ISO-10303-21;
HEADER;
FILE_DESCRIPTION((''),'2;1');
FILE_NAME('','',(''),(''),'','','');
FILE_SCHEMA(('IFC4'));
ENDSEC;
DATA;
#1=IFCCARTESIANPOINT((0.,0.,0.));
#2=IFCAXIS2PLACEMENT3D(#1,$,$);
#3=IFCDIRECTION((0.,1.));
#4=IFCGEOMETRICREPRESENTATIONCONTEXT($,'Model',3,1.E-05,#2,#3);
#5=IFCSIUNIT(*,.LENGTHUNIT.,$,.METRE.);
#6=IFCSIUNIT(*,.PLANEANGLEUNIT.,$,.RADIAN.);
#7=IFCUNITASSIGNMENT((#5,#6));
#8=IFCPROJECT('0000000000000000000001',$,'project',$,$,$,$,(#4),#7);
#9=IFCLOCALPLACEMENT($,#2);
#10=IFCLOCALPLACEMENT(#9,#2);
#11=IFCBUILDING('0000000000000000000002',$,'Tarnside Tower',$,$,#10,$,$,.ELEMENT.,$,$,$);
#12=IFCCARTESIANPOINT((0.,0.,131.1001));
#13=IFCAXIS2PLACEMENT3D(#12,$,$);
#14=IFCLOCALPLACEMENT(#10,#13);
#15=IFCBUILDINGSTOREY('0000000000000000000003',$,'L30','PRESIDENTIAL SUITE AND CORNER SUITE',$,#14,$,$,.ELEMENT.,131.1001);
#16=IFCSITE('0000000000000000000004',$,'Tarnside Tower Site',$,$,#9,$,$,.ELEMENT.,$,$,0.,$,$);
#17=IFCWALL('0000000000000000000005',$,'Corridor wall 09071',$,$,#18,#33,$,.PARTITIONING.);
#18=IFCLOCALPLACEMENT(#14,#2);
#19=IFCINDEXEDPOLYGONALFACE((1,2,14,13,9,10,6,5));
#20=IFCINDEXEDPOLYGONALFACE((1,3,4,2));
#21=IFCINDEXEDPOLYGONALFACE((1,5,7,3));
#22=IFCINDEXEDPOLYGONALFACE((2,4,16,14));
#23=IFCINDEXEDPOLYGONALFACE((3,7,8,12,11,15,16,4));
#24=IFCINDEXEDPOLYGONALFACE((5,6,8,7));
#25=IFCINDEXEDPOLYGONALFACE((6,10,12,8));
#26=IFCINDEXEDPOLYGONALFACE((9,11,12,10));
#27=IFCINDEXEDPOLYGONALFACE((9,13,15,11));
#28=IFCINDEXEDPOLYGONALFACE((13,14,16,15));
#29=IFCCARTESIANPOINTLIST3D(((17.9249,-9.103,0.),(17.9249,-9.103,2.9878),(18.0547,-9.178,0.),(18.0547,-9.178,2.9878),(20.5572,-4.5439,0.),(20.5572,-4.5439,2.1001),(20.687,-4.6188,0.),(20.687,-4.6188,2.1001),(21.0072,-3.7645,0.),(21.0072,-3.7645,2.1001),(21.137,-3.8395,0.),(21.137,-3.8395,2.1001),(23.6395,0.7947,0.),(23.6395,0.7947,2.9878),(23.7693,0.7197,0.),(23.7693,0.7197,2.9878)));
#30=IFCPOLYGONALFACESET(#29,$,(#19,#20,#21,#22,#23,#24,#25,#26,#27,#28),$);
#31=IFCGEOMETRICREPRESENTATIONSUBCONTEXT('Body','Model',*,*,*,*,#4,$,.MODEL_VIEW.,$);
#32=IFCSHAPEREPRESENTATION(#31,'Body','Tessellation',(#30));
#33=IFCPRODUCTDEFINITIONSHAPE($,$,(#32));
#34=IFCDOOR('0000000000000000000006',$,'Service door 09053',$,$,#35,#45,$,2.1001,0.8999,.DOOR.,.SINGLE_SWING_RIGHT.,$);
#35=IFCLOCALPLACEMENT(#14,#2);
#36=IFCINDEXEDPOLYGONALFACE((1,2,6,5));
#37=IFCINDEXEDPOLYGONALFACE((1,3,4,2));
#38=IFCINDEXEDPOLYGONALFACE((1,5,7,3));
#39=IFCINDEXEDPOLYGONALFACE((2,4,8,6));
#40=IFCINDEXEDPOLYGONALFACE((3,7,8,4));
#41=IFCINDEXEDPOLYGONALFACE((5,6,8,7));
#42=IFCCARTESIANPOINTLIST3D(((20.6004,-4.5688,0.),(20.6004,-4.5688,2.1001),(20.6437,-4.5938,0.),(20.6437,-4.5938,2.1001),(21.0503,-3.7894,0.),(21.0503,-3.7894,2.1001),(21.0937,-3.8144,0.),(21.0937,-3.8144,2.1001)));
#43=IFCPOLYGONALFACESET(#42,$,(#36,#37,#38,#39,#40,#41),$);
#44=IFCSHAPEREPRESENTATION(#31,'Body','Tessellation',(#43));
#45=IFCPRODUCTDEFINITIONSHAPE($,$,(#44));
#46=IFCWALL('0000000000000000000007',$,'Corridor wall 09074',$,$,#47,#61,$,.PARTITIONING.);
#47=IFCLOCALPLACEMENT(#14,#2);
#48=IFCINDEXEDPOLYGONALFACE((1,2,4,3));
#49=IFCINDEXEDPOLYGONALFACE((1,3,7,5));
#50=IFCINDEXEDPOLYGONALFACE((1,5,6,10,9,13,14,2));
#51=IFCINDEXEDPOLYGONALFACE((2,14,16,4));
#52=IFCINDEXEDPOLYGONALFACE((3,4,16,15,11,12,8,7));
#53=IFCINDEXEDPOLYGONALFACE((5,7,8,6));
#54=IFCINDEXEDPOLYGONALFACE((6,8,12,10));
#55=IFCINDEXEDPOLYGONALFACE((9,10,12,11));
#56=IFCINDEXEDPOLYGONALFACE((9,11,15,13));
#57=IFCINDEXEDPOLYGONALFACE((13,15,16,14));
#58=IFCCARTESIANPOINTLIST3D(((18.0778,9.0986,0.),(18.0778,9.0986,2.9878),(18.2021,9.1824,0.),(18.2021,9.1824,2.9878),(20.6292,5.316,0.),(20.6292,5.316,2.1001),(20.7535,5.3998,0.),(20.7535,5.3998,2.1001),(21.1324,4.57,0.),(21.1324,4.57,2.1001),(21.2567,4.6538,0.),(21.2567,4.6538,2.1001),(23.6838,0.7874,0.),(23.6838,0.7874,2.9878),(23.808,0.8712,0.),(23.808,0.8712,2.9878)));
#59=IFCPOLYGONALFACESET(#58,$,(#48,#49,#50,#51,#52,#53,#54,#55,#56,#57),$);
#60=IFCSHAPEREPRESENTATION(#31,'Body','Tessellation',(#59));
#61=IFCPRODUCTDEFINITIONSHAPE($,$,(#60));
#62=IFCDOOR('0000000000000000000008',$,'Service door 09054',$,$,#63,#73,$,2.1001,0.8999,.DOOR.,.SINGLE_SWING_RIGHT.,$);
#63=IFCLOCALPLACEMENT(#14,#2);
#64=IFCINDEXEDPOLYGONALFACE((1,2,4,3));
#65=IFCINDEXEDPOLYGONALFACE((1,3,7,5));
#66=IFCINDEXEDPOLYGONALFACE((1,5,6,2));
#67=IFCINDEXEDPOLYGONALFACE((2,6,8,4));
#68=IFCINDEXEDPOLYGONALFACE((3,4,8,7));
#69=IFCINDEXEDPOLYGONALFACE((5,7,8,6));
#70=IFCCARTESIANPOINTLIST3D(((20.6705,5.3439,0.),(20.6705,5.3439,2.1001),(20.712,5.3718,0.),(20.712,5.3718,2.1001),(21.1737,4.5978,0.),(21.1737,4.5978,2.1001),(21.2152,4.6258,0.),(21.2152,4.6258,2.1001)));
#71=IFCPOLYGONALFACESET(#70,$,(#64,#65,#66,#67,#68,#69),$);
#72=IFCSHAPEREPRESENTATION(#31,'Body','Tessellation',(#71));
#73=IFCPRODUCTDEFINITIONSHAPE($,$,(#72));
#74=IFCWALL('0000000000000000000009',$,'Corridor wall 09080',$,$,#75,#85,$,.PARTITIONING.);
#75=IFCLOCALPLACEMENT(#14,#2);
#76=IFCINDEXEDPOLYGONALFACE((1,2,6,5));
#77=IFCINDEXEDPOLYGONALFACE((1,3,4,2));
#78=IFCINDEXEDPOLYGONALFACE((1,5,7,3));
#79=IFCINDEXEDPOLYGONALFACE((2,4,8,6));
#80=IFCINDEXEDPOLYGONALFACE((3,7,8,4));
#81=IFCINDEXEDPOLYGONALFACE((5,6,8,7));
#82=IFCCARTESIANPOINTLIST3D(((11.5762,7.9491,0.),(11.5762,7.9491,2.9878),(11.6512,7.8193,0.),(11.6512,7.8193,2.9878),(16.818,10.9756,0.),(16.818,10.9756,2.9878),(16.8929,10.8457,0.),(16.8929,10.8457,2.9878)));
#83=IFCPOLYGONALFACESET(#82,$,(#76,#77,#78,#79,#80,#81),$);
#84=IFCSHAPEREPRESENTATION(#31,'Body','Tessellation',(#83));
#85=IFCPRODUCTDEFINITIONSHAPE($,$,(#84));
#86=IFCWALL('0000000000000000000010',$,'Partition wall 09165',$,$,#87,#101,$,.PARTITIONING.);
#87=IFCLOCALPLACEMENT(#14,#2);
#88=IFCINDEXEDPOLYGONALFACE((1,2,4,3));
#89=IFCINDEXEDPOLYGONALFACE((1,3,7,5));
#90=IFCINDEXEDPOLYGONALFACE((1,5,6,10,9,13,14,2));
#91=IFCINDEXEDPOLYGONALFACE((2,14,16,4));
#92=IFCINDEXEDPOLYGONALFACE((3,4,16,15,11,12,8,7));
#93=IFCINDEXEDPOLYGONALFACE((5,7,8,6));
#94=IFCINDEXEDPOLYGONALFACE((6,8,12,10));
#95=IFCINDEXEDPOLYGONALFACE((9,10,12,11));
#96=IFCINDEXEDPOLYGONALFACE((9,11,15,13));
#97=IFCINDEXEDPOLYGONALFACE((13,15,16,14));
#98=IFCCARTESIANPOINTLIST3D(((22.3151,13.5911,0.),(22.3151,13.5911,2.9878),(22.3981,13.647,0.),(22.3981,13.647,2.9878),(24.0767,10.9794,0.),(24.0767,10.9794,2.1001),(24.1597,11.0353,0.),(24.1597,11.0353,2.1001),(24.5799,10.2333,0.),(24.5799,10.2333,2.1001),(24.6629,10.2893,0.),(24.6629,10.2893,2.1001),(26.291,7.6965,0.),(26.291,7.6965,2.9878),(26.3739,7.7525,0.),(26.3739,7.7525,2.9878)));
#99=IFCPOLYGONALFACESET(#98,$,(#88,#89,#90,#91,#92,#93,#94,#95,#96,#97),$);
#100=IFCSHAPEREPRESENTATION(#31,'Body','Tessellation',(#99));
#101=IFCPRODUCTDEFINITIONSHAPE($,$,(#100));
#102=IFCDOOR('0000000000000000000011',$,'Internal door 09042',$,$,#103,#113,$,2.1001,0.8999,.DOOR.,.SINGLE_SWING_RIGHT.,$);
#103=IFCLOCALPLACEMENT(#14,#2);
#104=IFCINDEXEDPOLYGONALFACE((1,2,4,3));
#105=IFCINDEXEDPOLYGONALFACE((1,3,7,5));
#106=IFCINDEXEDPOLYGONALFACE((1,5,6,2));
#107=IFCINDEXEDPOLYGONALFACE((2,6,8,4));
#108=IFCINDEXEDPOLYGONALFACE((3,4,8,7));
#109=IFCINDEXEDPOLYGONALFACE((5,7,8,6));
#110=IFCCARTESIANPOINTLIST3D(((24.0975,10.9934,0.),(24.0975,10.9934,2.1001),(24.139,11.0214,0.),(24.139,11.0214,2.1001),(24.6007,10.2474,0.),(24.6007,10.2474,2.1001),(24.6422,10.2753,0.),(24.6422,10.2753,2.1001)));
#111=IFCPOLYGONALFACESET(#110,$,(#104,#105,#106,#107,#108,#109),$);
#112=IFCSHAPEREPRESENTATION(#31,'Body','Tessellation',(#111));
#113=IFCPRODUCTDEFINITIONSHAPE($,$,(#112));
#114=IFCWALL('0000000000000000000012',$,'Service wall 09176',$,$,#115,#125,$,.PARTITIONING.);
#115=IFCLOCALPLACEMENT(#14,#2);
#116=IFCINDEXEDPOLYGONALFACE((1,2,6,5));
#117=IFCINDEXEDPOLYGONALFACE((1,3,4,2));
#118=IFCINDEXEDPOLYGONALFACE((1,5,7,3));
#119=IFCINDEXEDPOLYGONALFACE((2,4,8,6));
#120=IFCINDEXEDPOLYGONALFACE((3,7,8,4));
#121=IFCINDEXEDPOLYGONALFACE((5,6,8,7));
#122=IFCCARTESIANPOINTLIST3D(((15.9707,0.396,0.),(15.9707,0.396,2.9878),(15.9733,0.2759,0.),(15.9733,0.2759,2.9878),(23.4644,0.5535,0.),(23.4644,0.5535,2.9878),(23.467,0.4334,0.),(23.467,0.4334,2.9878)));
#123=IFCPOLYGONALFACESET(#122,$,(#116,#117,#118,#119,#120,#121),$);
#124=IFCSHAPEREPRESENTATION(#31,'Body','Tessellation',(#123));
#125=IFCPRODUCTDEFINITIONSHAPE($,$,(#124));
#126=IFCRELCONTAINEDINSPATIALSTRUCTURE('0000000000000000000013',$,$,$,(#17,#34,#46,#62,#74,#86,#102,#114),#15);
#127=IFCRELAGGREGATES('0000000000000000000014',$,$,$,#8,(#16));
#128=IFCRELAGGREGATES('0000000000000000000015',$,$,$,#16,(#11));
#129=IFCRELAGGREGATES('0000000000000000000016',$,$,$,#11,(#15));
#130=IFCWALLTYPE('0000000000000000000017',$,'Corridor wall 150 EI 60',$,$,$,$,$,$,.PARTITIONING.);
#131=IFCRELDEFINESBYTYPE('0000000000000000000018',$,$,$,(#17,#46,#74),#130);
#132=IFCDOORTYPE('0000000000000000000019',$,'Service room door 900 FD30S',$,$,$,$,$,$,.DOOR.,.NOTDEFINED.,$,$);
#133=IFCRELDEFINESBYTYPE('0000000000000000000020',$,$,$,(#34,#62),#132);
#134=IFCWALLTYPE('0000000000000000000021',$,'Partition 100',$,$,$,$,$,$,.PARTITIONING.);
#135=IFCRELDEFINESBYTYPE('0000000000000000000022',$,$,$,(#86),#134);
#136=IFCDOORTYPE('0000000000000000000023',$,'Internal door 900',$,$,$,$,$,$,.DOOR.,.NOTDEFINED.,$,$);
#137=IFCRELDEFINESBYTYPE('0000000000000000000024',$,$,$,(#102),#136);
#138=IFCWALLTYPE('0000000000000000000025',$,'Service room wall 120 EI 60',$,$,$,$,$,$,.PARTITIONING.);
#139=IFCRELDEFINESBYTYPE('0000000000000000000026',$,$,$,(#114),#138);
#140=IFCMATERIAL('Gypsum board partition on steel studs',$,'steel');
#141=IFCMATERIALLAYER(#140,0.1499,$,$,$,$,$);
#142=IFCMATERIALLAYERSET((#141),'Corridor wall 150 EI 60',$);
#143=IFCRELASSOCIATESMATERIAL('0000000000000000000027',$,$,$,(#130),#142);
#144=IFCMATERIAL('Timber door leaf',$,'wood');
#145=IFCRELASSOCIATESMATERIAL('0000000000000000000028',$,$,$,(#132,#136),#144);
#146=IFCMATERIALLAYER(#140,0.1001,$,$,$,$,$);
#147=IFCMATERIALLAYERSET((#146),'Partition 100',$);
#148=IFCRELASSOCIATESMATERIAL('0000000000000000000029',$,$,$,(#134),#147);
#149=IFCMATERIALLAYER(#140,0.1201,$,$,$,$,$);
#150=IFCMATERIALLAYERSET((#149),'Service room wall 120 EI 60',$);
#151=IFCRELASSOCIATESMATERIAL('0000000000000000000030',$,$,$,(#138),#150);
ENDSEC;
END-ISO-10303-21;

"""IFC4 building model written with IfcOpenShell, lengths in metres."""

from ifc_helpers import new_model, si_unit, direction, frame, frame_2d, origin, place, context, subcontext, project, spatial, rectangle, extrude, material, layer, layer_set, type_object, element, fill, save


model = new_model("IFC4")

# Units and contexts
model_context = context("Model", 3, precision=1e-05, world=origin(), true_north=direction((0.0, 1.0)))
body_context = subcontext(model_context, "Body", "Model", "MODEL_VIEW")
ifc_project = project(units=[si_unit("LENGTHUNIT", "METRE"), si_unit("PLANEANGLEUNIT", "RADIAN")], contexts=[model_context])

# Site, building, storey
site_placement = place(None, origin())
site = spatial("IfcSite", under=ifc_project, at=site_placement, Name="Tarnside Tower Site", CompositionType="ELEMENT", RefElevation=0.0)
building_placement = place(site_placement, origin())
building = spatial("IfcBuilding", under=site, at=building_placement, Name="Tarnside Tower", CompositionType="ELEMENT")
storey_placement = place(building_placement, frame((0.0, 0.0, 131.1001)))
storey = spatial("IfcBuildingStorey", under=building, at=storey_placement, Name="L30", Description="PRESIDENTIAL SUITE AND CORNER SUITE", CompositionType="ELEMENT", Elevation=131.1001)

# Shared definitions
ifc_material_1 = material(Name="Gypsum board partition on steel studs", Category="steel")
ifc_material_2 = material(Name="Timber door leaf", Category="wood")

# Shared definitions
ifc_layer_1 = layer(ifc_material_1, 0.1499)
ifc_layer_set_1 = layer_set([ifc_layer_1], Name="Corridor wall 150 EI 60")
wall_type_1 = type_object("IfcWallType", Name="Corridor wall 150 EI 60", PredefinedType="PARTITIONING", material=ifc_layer_set_1)

# Walls, openings, doors
wall_1_placement = place(storey_placement, frame((23.7043, 0.7571, 0.0), z_axis=(0.0, 0.0, 1.0), x_axis=(-0.50001, -0.866019, 0.0)))
wall_1 = element("IfcWall", 1, at=wall_1_placement, inside=storey, type_object=wall_type_1, Name="Corridor wall 09071", PredefinedType="PARTITIONING", context=body_context, shape_type="SweptSolid", body=[
    extrude(rectangle(XDim=11.429, YDim=0.1499, at=frame_2d((5.7144, 0.0))), origin(), (0.0, 0.0, 1.0), 2.9878),
])
opening_1_placement = place(wall_1_placement, frame((5.2644, 0.0, 0.0)))
opening_1 = element("IfcOpeningElement", 2, at=opening_1_placement, cuts=wall_1, PredefinedType="OPENING", context=body_context, shape_type="SweptSolid", body=[
    extrude(rectangle(XDim=0.8999, YDim=2.1001, at=frame_2d((0.45, 1.05))), frame((0.0, 0.085, 0.0), z_axis=(0.0, -1.0, 0.0), x_axis=(1.0, 0.0, 0.0)), (0.0, 0.0, 1.0), 0.1699),
])
door_type_1 = type_object("IfcDoorType", Name="Service room door 900 FD30S", OperationType="NOTDEFINED", PredefinedType="DOOR", material=ifc_material_2)
door_1_placement = place(opening_1_placement, origin())
door_1 = element("IfcDoor", 3, at=door_1_placement, inside=storey, type_object=door_type_1, Name="Service door 09053", OperationType="SINGLE_SWING_RIGHT", OverallHeight=2.1001, OverallWidth=0.8999, PredefinedType="DOOR", context=body_context, shape_type="SweptSolid", body=[
    extrude(rectangle(XDim=0.8999, YDim=2.1001, at=frame_2d((0.45, 1.05))), frame((0.0, 0.0249, 0.0), z_axis=(0.0, -1.0, 0.0), x_axis=(1.0, 0.0, 0.0)), (0.0, 0.0, 1.0), 0.05),
])
fill(opening_1, door_1)
wall_2_placement = place(storey_placement, frame((18.1399, 9.1406, 0.0), z_axis=(0.0, 0.0, 1.0), x_axis=(0.559188, -0.829041, 0.0)))
wall_2 = element("IfcWall", 4, at=wall_2_placement, inside=storey, type_object=wall_type_1, Name="Corridor wall 09074", PredefinedType="PARTITIONING", context=body_context, shape_type="SweptSolid", body=[
    extrude(rectangle(XDim=10.0251, YDim=0.1499, at=frame_2d((5.0127, 0.0))), origin(), (0.0, 0.0, 1.0), 2.9878),
])
opening_2_placement = place(wall_2_placement, frame((4.5627, 0.0, 0.0)))
opening_2 = element("IfcOpeningElement", 5, at=opening_2_placement, cuts=wall_2, PredefinedType="OPENING", context=body_context, shape_type="SweptSolid", body=[
    extrude(rectangle(XDim=0.8999, YDim=2.1001, at=frame_2d((0.45, 1.05))), frame((0.0, 0.085, 0.0), z_axis=(0.0, -1.0, 0.0), x_axis=(1.0, 0.0, 0.0)), (0.0, 0.0, 1.0), 0.1699),
])
door_2_placement = place(opening_2_placement, origin())
door_2 = element("IfcDoor", 6, at=door_2_placement, inside=storey, type_object=door_type_1, Name="Service door 09054", OperationType="SINGLE_SWING_RIGHT", OverallHeight=2.1001, OverallWidth=0.8999, PredefinedType="DOOR", context=body_context, shape_type="SweptSolid", body=[
    extrude(rectangle(XDim=0.8999, YDim=2.1001, at=frame_2d((0.45, 1.05))), frame((0.0, 0.0249, 0.0), z_axis=(0.0, -1.0, 0.0), x_axis=(1.0, 0.0, 0.0)), (0.0, 0.0, 1.0), 0.05),
])
fill(opening_2, door_2)

# Wall
wall_3_placement = place(storey_placement, frame((16.8555, 10.9106, 0.0), z_axis=(0.0, 0.0, 1.0), x_axis=(-0.86602, -0.500009, 0.0)))
element("IfcWall", 7, at=wall_3_placement, inside=storey, type_object=wall_type_1, Name="Corridor wall 09080", PredefinedType="PARTITIONING", context=body_context, shape_type="SweptSolid", body=[
    extrude(rectangle(XDim=6.0527, YDim=0.1499, at=frame_2d((3.0264, 0.0))), origin(), (0.0, 0.0, 1.0), 2.9878),
])

# Wall, opening, door
ifc_layer_2 = layer(ifc_material_1, 0.1001)
ifc_layer_set_2 = layer_set([ifc_layer_2], Name="Partition 100")
wall_type_2 = type_object("IfcWallType", Name="Partition 100", PredefinedType="PARTITIONING", material=ifc_layer_set_2)
wall_4_placement = place(storey_placement, frame((26.3325, 7.7244, 0.0), z_axis=(0.0, 0.0, 1.0), x_axis=(-0.559185, 0.829043, 0.0)))
wall_4 = element("IfcWall", 8, at=wall_4_placement, inside=storey, type_object=wall_type_2, Name="Partition wall 09165", PredefinedType="PARTITIONING", context=body_context, shape_type="SweptSolid", body=[
    extrude(rectangle(XDim=7.1101, YDim=0.1001, at=frame_2d((3.5552, 0.0))), origin(), (0.0, 0.0, 1.0), 2.9878),
])
opening_3_placement = place(wall_4_placement, frame((3.0601, 0.0, 0.0)))
opening_3 = element("IfcOpeningElement", 9, at=opening_3_placement, cuts=wall_4, PredefinedType="OPENING", context=body_context, shape_type="SweptSolid", body=[
    extrude(rectangle(XDim=0.8999, YDim=2.1001, at=frame_2d((0.45, 1.05))), frame((0.0, 0.0601, 0.0), z_axis=(0.0, -1.0, 0.0), x_axis=(1.0, 0.0, 0.0)), (0.0, 0.0, 1.0), 0.1201),
])
door_type_2 = type_object("IfcDoorType", Name="Internal door 900", OperationType="NOTDEFINED", PredefinedType="DOOR", material=ifc_material_2)
door_3_placement = place(opening_3_placement, origin())
door_3 = element("IfcDoor", 10, at=door_3_placement, inside=storey, type_object=door_type_2, Name="Internal door 09042", OperationType="SINGLE_SWING_RIGHT", OverallHeight=2.1001, OverallWidth=0.8999, PredefinedType="DOOR", context=body_context, shape_type="SweptSolid", body=[
    extrude(rectangle(XDim=0.8999, YDim=2.1001, at=frame_2d((0.45, 1.05))), frame((0.0, 0.0249, 0.0), z_axis=(0.0, -1.0, 0.0), x_axis=(1.0, 0.0, 0.0)), (0.0, 0.0, 1.0), 0.05),
])
fill(opening_3, door_3)

# Wall
ifc_layer_3 = layer(ifc_material_1, 0.1201)
ifc_layer_set_3 = layer_set([ifc_layer_3], Name="Service room wall 120 EI 60")
wall_type_3 = type_object("IfcWallType", Name="Service room wall 120 EI 60", PredefinedType="PARTITIONING", material=ifc_layer_set_3)
wall_5_placement = place(storey_placement, frame((23.4656, 0.4934, 0.0), z_axis=(0.0, 0.0, 1.0), x_axis=(-0.999779, -0.021009, 0.0)))
element("IfcWall", 11, at=wall_5_placement, inside=storey, type_object=wall_type_3, Name="Service wall 09176", PredefinedType="PARTITIONING", context=body_context, shape_type="SweptSolid", body=[
    extrude(rectangle(XDim=7.4954, YDim=0.1201, at=frame_2d((3.7476, 0.0))), origin(), (0.0, 0.0, 1.0), 2.9878),
])

save(model, "model.ifc")
